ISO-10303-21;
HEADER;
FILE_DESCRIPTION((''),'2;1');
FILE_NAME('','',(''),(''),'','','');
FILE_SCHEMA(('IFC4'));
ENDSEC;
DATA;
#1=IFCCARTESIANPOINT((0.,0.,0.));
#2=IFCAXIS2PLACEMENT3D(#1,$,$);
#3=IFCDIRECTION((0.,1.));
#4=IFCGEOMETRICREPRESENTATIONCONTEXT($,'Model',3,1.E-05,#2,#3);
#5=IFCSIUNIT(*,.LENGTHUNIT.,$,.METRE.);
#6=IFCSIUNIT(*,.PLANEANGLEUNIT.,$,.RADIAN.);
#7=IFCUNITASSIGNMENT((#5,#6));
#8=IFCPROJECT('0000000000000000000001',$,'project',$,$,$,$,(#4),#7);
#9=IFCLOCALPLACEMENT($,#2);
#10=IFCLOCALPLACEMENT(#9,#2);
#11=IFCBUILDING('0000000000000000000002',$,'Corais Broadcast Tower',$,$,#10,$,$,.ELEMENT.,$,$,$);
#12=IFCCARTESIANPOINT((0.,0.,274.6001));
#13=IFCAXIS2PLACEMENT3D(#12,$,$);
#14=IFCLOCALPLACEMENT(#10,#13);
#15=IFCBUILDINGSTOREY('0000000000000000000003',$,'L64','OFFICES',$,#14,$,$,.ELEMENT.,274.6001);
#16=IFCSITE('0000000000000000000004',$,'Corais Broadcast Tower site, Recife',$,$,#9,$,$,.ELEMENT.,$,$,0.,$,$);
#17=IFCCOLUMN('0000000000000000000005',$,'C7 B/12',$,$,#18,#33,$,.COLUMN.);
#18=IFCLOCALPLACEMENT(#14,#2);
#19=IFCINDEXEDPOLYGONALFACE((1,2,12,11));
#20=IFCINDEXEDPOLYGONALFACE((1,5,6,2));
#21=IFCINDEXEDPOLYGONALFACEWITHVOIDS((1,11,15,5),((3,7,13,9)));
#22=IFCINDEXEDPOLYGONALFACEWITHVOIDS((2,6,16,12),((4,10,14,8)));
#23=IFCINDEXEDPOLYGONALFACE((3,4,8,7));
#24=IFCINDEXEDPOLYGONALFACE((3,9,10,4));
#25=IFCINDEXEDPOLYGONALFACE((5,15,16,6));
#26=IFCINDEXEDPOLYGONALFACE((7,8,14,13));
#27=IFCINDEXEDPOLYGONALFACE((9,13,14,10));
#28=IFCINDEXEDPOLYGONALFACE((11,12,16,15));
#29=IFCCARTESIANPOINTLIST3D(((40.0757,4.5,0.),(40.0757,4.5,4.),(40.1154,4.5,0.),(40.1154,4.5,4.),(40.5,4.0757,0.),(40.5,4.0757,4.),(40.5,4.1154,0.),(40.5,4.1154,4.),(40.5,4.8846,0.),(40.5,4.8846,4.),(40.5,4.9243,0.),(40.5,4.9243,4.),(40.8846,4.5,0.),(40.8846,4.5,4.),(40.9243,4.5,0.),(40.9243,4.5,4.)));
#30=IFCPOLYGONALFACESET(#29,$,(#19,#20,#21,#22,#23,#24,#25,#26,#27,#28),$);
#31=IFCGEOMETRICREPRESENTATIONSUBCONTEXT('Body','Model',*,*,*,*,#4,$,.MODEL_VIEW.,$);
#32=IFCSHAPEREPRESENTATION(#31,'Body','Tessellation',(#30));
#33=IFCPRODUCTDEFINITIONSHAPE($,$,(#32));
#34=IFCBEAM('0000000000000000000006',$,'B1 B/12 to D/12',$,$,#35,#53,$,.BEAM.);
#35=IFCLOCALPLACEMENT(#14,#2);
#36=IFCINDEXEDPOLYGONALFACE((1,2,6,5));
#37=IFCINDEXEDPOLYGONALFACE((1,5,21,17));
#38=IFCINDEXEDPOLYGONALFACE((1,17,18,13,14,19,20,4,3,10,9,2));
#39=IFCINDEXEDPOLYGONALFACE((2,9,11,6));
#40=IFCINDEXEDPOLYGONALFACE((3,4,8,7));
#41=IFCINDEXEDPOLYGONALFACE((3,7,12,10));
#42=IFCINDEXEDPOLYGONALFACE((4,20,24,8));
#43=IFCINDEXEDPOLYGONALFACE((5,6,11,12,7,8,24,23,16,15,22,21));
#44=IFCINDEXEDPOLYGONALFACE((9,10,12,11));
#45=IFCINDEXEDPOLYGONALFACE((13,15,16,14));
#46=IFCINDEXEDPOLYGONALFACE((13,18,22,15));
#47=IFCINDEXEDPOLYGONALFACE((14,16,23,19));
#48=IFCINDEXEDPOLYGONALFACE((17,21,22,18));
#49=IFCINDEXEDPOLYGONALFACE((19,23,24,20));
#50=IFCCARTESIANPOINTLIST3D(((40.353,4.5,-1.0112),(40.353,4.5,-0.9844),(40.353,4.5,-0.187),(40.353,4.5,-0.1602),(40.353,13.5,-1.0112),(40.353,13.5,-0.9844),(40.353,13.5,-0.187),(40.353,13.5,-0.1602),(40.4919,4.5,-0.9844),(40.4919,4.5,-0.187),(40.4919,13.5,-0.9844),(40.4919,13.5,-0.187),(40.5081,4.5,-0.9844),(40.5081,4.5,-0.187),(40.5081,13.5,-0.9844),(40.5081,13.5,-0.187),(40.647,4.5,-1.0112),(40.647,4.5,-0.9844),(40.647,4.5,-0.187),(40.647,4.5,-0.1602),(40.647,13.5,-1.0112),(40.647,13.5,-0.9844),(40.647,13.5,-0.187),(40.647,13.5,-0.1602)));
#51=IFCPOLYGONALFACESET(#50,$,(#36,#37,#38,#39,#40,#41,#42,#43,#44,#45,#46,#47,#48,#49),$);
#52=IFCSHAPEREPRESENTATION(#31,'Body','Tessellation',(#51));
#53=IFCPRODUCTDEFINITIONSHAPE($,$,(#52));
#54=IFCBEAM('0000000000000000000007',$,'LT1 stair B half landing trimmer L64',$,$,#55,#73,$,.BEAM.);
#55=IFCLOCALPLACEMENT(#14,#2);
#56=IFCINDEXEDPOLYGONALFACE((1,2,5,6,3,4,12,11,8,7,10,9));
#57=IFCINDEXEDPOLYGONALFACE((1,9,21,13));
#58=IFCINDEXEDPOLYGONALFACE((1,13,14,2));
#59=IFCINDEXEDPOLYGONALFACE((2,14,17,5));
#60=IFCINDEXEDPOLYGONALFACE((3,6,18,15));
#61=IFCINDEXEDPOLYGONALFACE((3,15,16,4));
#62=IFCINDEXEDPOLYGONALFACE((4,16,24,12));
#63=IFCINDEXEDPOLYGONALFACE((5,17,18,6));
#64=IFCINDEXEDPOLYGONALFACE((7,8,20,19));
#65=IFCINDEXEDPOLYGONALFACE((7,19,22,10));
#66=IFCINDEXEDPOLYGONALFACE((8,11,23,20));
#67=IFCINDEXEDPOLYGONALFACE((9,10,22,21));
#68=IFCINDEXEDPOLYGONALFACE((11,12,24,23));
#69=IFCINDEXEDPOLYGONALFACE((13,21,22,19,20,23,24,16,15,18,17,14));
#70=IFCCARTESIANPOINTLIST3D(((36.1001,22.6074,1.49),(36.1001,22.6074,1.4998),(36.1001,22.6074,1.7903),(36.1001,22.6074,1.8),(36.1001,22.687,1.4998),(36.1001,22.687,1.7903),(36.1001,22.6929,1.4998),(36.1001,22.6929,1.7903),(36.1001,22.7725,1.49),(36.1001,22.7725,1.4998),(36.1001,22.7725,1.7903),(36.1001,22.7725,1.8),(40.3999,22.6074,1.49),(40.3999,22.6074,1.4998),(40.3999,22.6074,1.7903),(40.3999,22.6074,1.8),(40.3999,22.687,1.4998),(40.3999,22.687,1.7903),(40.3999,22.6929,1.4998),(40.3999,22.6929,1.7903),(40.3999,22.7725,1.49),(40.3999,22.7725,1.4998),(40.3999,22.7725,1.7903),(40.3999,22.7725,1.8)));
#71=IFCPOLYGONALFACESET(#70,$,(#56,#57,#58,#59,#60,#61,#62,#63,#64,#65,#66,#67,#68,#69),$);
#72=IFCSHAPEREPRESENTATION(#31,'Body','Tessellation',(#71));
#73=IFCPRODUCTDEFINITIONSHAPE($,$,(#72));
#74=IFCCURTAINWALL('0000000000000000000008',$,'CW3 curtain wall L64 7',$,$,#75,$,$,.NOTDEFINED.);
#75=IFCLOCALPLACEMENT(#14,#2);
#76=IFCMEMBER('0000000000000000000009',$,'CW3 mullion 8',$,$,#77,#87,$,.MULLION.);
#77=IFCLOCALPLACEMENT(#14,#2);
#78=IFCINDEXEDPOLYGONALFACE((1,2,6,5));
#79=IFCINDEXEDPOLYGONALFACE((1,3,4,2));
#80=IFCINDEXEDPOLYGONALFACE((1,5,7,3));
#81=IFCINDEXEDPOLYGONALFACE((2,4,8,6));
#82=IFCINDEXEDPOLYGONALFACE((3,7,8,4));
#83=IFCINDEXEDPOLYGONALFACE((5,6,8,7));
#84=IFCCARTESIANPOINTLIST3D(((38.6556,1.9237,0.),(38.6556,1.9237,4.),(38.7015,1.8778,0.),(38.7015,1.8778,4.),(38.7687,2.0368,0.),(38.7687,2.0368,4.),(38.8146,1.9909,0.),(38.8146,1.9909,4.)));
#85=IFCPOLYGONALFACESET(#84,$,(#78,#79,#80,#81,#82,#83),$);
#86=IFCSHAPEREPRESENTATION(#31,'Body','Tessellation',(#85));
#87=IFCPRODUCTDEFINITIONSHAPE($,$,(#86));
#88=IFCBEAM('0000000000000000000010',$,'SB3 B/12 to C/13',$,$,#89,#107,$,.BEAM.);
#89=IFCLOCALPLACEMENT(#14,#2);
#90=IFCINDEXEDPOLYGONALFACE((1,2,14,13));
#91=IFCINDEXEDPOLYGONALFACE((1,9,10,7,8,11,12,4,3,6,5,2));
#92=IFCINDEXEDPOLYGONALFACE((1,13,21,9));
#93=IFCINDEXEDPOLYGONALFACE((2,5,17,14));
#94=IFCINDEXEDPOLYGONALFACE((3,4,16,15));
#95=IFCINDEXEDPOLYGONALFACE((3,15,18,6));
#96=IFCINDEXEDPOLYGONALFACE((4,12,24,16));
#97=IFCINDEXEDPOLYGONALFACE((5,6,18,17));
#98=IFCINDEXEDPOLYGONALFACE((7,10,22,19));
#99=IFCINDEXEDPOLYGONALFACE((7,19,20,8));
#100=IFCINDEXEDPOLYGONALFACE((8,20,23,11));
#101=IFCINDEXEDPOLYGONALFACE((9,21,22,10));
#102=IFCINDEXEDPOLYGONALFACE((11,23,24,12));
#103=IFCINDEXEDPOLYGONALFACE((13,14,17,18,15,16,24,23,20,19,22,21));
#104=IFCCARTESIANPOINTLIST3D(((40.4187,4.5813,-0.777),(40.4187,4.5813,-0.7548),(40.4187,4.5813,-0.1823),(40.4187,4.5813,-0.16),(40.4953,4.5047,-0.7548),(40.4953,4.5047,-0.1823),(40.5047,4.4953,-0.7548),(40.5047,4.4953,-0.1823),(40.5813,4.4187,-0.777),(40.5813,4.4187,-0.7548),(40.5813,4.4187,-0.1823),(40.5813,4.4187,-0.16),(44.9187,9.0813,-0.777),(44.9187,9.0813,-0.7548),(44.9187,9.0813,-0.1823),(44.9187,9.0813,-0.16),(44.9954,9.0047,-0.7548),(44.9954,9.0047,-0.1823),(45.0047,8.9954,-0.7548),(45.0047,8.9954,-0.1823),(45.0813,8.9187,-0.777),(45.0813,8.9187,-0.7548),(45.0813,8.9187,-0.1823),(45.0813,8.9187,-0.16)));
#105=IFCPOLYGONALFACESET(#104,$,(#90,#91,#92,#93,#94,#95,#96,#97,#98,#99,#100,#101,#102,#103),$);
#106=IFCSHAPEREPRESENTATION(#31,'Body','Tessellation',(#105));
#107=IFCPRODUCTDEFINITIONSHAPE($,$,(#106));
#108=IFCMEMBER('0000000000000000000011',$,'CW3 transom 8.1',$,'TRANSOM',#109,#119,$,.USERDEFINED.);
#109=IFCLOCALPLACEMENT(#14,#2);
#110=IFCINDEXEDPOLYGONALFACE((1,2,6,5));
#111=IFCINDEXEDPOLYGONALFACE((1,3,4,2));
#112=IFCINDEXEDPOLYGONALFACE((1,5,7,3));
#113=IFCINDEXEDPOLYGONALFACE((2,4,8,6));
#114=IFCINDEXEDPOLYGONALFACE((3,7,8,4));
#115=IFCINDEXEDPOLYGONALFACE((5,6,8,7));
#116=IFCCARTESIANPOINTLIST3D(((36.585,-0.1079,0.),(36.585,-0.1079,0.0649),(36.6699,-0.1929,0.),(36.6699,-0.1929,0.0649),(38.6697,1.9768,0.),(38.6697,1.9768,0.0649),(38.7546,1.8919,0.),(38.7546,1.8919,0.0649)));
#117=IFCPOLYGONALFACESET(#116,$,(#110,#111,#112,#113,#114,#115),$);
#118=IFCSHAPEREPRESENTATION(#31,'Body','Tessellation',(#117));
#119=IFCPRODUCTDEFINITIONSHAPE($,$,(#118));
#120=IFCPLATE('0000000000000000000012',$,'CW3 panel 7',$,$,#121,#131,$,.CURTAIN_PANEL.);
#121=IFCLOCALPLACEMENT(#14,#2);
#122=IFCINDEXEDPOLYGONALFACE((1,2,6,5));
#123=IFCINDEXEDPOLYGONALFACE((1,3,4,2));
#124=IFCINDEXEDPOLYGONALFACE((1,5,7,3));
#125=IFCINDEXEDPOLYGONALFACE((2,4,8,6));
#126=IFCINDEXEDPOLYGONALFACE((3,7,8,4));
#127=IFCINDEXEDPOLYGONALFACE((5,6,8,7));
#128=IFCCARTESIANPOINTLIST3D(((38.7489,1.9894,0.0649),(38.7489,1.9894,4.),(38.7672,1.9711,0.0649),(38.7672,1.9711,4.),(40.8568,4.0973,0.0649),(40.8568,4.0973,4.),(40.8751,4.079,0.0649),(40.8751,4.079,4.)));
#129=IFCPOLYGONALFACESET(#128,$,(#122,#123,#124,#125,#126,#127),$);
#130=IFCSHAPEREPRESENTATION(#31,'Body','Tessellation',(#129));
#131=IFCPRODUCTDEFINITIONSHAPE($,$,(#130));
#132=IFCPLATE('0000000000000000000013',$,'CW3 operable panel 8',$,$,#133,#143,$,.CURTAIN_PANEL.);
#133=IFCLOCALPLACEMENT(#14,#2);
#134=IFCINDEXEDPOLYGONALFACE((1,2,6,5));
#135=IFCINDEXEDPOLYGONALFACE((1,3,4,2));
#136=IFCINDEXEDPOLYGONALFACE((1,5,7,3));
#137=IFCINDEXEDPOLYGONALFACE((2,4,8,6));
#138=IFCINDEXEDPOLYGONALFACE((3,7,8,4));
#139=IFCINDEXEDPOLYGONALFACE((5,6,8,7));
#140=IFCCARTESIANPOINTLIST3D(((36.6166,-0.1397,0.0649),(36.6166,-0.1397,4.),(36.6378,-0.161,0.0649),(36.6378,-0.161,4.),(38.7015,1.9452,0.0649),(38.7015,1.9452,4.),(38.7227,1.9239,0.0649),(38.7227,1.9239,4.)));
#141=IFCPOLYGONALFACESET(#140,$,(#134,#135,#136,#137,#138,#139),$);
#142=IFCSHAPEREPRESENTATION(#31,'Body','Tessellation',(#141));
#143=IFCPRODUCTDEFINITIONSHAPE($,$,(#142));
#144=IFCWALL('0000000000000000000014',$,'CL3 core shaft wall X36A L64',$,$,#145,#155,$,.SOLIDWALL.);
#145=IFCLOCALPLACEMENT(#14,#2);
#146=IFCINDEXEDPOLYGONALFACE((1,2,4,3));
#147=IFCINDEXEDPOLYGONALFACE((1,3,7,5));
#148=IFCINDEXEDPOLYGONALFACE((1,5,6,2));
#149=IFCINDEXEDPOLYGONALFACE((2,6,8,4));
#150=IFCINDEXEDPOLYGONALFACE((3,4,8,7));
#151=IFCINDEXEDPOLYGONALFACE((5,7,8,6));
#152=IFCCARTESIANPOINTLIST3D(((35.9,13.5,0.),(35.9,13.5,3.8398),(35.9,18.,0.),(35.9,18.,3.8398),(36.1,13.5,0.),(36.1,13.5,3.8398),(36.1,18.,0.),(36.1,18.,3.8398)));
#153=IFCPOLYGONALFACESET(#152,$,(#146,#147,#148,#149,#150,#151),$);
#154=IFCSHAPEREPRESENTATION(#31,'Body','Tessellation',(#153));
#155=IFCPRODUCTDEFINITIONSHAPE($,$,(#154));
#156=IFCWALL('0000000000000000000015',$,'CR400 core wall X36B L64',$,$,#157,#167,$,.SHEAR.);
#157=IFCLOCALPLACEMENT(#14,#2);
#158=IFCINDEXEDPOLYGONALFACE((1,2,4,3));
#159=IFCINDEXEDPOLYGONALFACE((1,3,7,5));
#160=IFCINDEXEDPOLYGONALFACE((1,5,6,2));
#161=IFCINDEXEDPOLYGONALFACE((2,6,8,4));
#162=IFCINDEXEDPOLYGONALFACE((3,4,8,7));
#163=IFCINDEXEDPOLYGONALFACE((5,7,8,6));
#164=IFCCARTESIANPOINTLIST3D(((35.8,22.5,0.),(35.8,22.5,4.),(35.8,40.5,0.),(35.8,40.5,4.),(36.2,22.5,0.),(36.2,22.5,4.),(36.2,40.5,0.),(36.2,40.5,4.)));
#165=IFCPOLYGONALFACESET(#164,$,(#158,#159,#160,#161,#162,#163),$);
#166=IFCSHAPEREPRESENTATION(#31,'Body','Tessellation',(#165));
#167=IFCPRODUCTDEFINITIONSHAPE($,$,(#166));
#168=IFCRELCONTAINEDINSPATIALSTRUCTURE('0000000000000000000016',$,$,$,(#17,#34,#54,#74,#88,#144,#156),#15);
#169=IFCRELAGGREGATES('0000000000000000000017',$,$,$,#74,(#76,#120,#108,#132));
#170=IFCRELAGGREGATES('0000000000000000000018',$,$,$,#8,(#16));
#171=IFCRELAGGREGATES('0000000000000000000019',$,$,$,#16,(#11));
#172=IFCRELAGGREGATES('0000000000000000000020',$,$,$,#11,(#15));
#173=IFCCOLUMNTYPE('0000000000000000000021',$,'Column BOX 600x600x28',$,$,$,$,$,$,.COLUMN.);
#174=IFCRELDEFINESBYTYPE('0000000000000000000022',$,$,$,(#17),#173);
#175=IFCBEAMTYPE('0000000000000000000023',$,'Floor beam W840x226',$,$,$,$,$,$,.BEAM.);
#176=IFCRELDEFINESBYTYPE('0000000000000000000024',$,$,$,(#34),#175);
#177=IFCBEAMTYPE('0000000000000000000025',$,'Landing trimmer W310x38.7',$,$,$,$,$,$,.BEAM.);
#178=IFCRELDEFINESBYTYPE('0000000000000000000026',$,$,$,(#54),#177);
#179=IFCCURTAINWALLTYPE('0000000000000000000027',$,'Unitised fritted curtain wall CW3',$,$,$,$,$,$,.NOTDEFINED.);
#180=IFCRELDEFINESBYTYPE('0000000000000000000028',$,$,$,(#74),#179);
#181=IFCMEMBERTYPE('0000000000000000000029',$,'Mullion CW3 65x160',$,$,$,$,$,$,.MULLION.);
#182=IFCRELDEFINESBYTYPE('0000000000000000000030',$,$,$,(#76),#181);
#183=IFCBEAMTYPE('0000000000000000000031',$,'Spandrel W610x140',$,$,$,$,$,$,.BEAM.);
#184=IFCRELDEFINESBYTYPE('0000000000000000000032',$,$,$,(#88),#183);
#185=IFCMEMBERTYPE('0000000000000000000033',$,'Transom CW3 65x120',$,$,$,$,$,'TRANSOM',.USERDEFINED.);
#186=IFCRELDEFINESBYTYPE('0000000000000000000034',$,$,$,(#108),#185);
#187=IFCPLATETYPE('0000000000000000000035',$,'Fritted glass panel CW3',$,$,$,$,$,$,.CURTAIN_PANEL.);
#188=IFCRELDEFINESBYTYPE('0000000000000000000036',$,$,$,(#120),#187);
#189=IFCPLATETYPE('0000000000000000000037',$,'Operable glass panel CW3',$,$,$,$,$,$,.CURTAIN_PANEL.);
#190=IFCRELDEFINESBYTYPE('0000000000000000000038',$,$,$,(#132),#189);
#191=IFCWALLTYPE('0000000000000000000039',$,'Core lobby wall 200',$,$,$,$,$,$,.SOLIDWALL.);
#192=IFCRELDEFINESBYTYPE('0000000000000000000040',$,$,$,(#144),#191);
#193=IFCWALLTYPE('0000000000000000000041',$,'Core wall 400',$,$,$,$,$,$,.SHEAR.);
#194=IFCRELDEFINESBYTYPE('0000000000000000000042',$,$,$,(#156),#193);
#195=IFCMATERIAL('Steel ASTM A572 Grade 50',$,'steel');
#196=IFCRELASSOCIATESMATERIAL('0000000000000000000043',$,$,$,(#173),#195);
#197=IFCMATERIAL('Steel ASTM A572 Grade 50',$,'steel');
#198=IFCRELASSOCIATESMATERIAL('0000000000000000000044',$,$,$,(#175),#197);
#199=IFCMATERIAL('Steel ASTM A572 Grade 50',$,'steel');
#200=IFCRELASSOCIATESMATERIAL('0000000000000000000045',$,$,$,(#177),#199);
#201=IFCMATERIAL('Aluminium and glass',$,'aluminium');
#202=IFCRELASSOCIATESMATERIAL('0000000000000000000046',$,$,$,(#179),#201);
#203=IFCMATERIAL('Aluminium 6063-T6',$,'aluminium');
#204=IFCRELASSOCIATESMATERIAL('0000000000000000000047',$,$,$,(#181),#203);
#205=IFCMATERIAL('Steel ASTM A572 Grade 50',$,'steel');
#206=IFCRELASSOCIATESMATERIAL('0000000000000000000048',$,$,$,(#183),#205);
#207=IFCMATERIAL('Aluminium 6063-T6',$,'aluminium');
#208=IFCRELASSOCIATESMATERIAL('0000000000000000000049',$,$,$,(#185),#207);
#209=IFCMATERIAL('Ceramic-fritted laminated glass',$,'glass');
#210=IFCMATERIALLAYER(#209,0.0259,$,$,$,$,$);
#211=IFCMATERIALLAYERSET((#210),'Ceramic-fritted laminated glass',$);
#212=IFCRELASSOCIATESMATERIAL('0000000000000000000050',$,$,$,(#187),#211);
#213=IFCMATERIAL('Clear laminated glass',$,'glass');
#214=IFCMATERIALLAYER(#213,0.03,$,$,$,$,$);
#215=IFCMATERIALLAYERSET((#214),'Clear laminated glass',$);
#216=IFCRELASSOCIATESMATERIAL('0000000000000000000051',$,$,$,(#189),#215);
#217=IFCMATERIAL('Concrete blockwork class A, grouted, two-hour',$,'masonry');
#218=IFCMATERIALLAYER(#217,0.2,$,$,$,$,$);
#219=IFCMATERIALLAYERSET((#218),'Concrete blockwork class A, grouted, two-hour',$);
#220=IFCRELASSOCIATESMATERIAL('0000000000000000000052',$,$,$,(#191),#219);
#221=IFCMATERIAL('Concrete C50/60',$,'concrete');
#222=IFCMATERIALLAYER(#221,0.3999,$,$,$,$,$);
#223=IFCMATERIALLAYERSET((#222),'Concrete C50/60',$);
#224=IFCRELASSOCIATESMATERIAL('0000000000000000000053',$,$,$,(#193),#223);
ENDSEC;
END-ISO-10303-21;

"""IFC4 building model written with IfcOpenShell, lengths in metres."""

from ifc_helpers import new_model, si_unit, direction, frame, frame_2d, origin, origin_2d, place, context, subcontext, project, spatial, rectangle, hollow_rectangle, i_section, extrude, material, layer, layer_set, material_profile, profile_set, type_object, element, aggregate, save


model = new_model("IFC4")

# Units and contexts
model_context = context("Model", 3, precision=1e-05, world=origin(), true_north=direction((0.0, 1.0)))
body_context = subcontext(model_context, "Body", "Model", "MODEL_VIEW")
ifc_project = project(units=[si_unit("LENGTHUNIT", "METRE"), si_unit("PLANEANGLEUNIT", "RADIAN")], contexts=[model_context])

# Site, building, storey
site_placement = place(None, origin())
site = spatial("IfcSite", under=ifc_project, at=site_placement, Name="Corais Broadcast Tower site, Recife", CompositionType="ELEMENT", RefElevation=0.0)
building_placement = place(site_placement, origin())
building = spatial("IfcBuilding", under=site, at=building_placement, Name="Corais Broadcast Tower", CompositionType="ELEMENT")
storey_placement = place(building_placement, frame((0.0, 0.0, 274.6001)))
storey = spatial("IfcBuildingStorey", under=building, at=storey_placement, Name="L64", Description="OFFICES", CompositionType="ELEMENT", Elevation=274.6001)

# Column
ifc_material_1 = material(Name="Steel ASTM A572 Grade 50", Category="steel")
ifc_material_profile_1 = material_profile(ifc_material_1, hollow_rectangle(XDim=0.6001, YDim=0.6001, WallThickness=0.0281, at=origin_2d()), Name="BOX 600x600x28")
ifc_profile_set_1 = profile_set([ifc_material_profile_1], Name="Steel ASTM A572 Grade 50")
column_type = type_object("IfcColumnType", Name="Column BOX 600x600x28", PredefinedType="COLUMN", material=ifc_profile_set_1)
column_placement = place(storey_placement, frame((40.5, 4.5, 0.0), z_axis=(0.0, 0.0, 1.0), x_axis=(0.707107, 0.707107, 0.0)))
element("IfcColumn", 1, at=column_placement, inside=storey, type_object=column_type, Name="C7 B/12", PredefinedType="COLUMN", context=body_context, shape_type="SweptSolid", body=[
    extrude(hollow_rectangle(XDim=0.6001, YDim=0.6001, WallThickness=0.0281, at=origin_2d()), origin(), (0.0, 0.0, 1.0), 4.0),
])

# Beams
ifc_material_2 = material(Name="Steel ASTM A572 Grade 50", Category="steel")
ifc_material_profile_2 = material_profile(ifc_material_2, i_section(OverallWidth=0.2939, OverallDepth=0.8511, WebThickness=0.0161, FlangeThickness=0.0269, at=origin_2d()), Name="W840x226")
ifc_profile_set_2 = profile_set([ifc_material_profile_2], Name="Steel ASTM A572 Grade 50")
beam_type_1 = type_object("IfcBeamType", Name="Floor beam W840x226", PredefinedType="BEAM", material=ifc_profile_set_2)
beam_1_placement = place(storey_placement, frame((40.5, 4.5, -0.5857), z_axis=(0.0, 1.0, 0.0), x_axis=(-1.0, 0.0, 0.0)))
element("IfcBeam", 2, at=beam_1_placement, inside=storey, type_object=beam_type_1, Name="B1 B/12 to D/12", PredefinedType="BEAM", context=body_context, shape_type="SweptSolid", body=[
    extrude(i_section(OverallWidth=0.2939, OverallDepth=0.8511, WebThickness=0.0161, FlangeThickness=0.0269, at=origin_2d()), origin(), (0.0, 0.0, 1.0), 9.0),
])
ifc_material_3 = material(Name="Steel ASTM A572 Grade 50", Category="steel")
ifc_material_profile_3 = material_profile(ifc_material_3, i_section(OverallWidth=0.165, OverallDepth=0.3101, WebThickness=0.0059, FlangeThickness=0.0098, at=origin_2d()), Name="W310x38.7")
ifc_profile_set_3 = profile_set([ifc_material_profile_3], Name="Steel ASTM A572 Grade 50")
beam_type_2 = type_object("IfcBeamType", Name="Landing trimmer W310x38.7", PredefinedType="BEAM", material=ifc_profile_set_3)
beam_2_placement = place(storey_placement, frame((36.1001, 22.6899, 1.645), z_axis=(1.0, 0.0, 0.0), x_axis=(0.0, 1.0, 0.0)))
element("IfcBeam", 3, at=beam_2_placement, inside=storey, type_object=beam_type_2, Name="LT1 stair B half landing trimmer L64", PredefinedType="BEAM", context=body_context, shape_type="SweptSolid", body=[
    extrude(i_section(OverallWidth=0.165, OverallDepth=0.3101, WebThickness=0.0059, FlangeThickness=0.0098, at=origin_2d()), origin(), (0.0, 0.0, 1.0), 4.2998),
])

# Curtain wall, member
ifc_material_4 = material(Name="Aluminium and glass", Category="aluminium")
curtain_wall_type = type_object("IfcCurtainWallType", Name="Unitised fritted curtain wall CW3", PredefinedType="NOTDEFINED", material=ifc_material_4)
curtain_wall_placement = place(storey_placement, origin())
curtain_wall = element("IfcCurtainWall", 4, at=curtain_wall_placement, inside=storey, type_object=curtain_wall_type, Name="CW3 curtain wall L64 7", PredefinedType="NOTDEFINED")
ifc_material_5 = material(Name="Aluminium 6063-T6", Category="aluminium")
ifc_material_profile_4 = material_profile(ifc_material_5, rectangle(XDim=0.0649, YDim=0.1599, at=origin_2d()), Name="Mullion CW3 65x160")
ifc_profile_set_4 = profile_set([ifc_material_profile_4], Name="Aluminium 6063-T6")
member_type_1 = type_object("IfcMemberType", Name="Mullion CW3 65x160", PredefinedType="MULLION", material=ifc_profile_set_4)
member_1_placement = place(storey_placement, frame((38.7351, 1.9573, 0.0), z_axis=(0.0, 0.0, 1.0), x_axis=(0.707107, -0.707107, 0.0)))
member_1 = element("IfcMember", 5, at=member_1_placement, type_object=member_type_1, Name="CW3 mullion 8", PredefinedType="MULLION", context=body_context, shape_type="SweptSolid", body=[
    extrude(rectangle(XDim=0.0649, YDim=0.1599, at=origin_2d()), origin(), (0.0, 0.0, 1.0), 4.0),
])

# Beam
ifc_material_6 = material(Name="Steel ASTM A572 Grade 50", Category="steel")
ifc_material_profile_5 = material_profile(ifc_material_6, i_section(OverallWidth=0.23, OverallDepth=0.6169, WebThickness=0.0132, FlangeThickness=0.0222, at=origin_2d()), Name="W610x140")
ifc_profile_set_5 = profile_set([ifc_material_profile_5], Name="Steel ASTM A572 Grade 50")
beam_type_3 = type_object("IfcBeamType", Name="Spandrel W610x140", PredefinedType="BEAM", material=ifc_profile_set_5)
beam_3_placement = place(storey_placement, frame((40.5, 4.5, -0.4685), z_axis=(0.707107, 0.707107, 0.0), x_axis=(-0.707107, 0.707107, 0.0)))
element("IfcBeam", 6, at=beam_3_placement, inside=storey, type_object=beam_type_3, Name="SB3 B/12 to C/13", PredefinedType="BEAM", context=body_context, shape_type="SweptSolid", body=[
    extrude(i_section(OverallWidth=0.23, OverallDepth=0.6169, WebThickness=0.0132, FlangeThickness=0.0222, at=origin_2d()), origin(), (0.0, 0.0, 1.0), 6.364),
])

# Member
ifc_material_7 = material(Name="Aluminium 6063-T6", Category="aluminium")
ifc_material_profile_6 = material_profile(ifc_material_7, rectangle(XDim=0.1201, YDim=0.0649, at=origin_2d()), Name="Transom CW3 65x120")
ifc_profile_set_6 = profile_set([ifc_material_profile_6], Name="Aluminium 6063-T6")
member_type_2 = type_object("IfcMemberType", Name="Transom CW3 65x120", ElementType="TRANSOM", PredefinedType="USERDEFINED", material=ifc_profile_set_6)
member_2_placement = place(storey_placement, frame((38.7122, 1.9343, 0.0325), z_axis=(-0.707107, -0.707107, 0.0), x_axis=(0.707107, -0.707107, 0.0)))
member_2 = element("IfcMember", 7, at=member_2_placement, type_object=member_type_2, Name="CW3 transom 8.1", ObjectType="TRANSOM", PredefinedType="USERDEFINED", context=body_context, shape_type="SweptSolid", body=[
    extrude(rectangle(XDim=0.1201, YDim=0.0649, at=origin_2d()), origin(), (0.0, 0.0, 1.0), 2.9482),
])

# Plates
ifc_material_8 = material(Name="Ceramic-fritted laminated glass", Category="glass")
ifc_layer_1 = layer(ifc_material_8, 0.0259)
ifc_layer_set_1 = layer_set([ifc_layer_1], Name="Ceramic-fritted laminated glass")
plate_type_1 = type_object("IfcPlateType", Name="Fritted glass panel CW3", PredefinedType="CURTAIN_PANEL", material=ifc_layer_set_1)
plate_1_placement = place(storey_placement, frame((39.812, 3.0342, 0.0649), z_axis=(0.0, 0.0, 1.0), x_axis=(-0.707107, -0.707107, 0.0)))
plate_1 = element("IfcPlate", 8, at=plate_1_placement, type_object=plate_type_1, Name="CW3 panel 7", PredefinedType="CURTAIN_PANEL", context=body_context, shape_type="SweptSolid", body=[
    extrude(rectangle(XDim=2.981, YDim=0.0259, at=origin_2d()), origin(), (0.0, 0.0, 1.0), 3.9351),
])
ifc_material_9 = material(Name="Clear laminated glass", Category="glass")
ifc_layer_2 = layer(ifc_material_9, 0.03)
ifc_layer_set_2 = layer_set([ifc_layer_2], Name="Clear laminated glass")
plate_type_2 = type_object("IfcPlateType", Name="Operable glass panel CW3", PredefinedType="CURTAIN_PANEL", material=ifc_layer_set_2)
plate_2_placement = place(storey_placement, frame((37.6697, 0.8921, 0.0649), z_axis=(0.0, 0.0, 1.0), x_axis=(-0.707107, -0.707107, 0.0)))
plate_2 = element("IfcPlate", 9, at=plate_2_placement, type_object=plate_type_2, Name="CW3 operable panel 8", PredefinedType="CURTAIN_PANEL", context=body_context, shape_type="SweptSolid", body=[
    extrude(rectangle(XDim=2.9485, YDim=0.03, at=origin_2d()), origin(), (0.0, 0.0, 1.0), 3.9351),
])
aggregate(curtain_wall, [member_1, plate_1, member_2, plate_2])

# Walls
ifc_material_10 = material(Name="Concrete blockwork class A, grouted, two-hour", Category="masonry")
ifc_layer_3 = layer(ifc_material_10, 0.2)
ifc_layer_set_3 = layer_set([ifc_layer_3], Name="Concrete blockwork class A, grouted, two-hour")
wall_type_1 = type_object("IfcWallType", Name="Core lobby wall 200", PredefinedType="SOLIDWALL", material=ifc_layer_set_3)
wall_1_placement = place(storey_placement, frame((36.0, 13.5, 0.0), z_axis=(0.0, 0.0, 1.0), x_axis=(0.0, 1.0, 0.0)))
element("IfcWall", 10, at=wall_1_placement, inside=storey, type_object=wall_type_1, Name="CL3 core shaft wall X36A L64", PredefinedType="SOLIDWALL", context=body_context, shape_type="SweptSolid", body=[
    extrude(rectangle(XDim=4.5, YDim=0.2, at=frame_2d((2.25, 0.0))), origin(), (0.0, 0.0, 1.0), 3.8398),
])
ifc_material_11 = material(Name="Concrete C50/60", Category="concrete")
ifc_layer_4 = layer(ifc_material_11, 0.3999)
ifc_layer_set_4 = layer_set([ifc_layer_4], Name="Concrete C50/60")
wall_type_2 = type_object("IfcWallType", Name="Core wall 400", PredefinedType="SHEAR", material=ifc_layer_set_4)
wall_2_placement = place(storey_placement, frame((36.0, 22.5, 0.0), z_axis=(0.0, 0.0, 1.0), x_axis=(0.0, 1.0, 0.0)))
element("IfcWall", 11, at=wall_2_placement, inside=storey, type_object=wall_type_2, Name="CR400 core wall X36B L64", PredefinedType="SHEAR", context=body_context, shape_type="SweptSolid", body=[
    extrude(rectangle(XDim=18.0, YDim=0.3999, at=frame_2d((9.0, 0.0))), origin(), (0.0, 0.0, 1.0), 4.0),
])

save(model, "model.ifc")
